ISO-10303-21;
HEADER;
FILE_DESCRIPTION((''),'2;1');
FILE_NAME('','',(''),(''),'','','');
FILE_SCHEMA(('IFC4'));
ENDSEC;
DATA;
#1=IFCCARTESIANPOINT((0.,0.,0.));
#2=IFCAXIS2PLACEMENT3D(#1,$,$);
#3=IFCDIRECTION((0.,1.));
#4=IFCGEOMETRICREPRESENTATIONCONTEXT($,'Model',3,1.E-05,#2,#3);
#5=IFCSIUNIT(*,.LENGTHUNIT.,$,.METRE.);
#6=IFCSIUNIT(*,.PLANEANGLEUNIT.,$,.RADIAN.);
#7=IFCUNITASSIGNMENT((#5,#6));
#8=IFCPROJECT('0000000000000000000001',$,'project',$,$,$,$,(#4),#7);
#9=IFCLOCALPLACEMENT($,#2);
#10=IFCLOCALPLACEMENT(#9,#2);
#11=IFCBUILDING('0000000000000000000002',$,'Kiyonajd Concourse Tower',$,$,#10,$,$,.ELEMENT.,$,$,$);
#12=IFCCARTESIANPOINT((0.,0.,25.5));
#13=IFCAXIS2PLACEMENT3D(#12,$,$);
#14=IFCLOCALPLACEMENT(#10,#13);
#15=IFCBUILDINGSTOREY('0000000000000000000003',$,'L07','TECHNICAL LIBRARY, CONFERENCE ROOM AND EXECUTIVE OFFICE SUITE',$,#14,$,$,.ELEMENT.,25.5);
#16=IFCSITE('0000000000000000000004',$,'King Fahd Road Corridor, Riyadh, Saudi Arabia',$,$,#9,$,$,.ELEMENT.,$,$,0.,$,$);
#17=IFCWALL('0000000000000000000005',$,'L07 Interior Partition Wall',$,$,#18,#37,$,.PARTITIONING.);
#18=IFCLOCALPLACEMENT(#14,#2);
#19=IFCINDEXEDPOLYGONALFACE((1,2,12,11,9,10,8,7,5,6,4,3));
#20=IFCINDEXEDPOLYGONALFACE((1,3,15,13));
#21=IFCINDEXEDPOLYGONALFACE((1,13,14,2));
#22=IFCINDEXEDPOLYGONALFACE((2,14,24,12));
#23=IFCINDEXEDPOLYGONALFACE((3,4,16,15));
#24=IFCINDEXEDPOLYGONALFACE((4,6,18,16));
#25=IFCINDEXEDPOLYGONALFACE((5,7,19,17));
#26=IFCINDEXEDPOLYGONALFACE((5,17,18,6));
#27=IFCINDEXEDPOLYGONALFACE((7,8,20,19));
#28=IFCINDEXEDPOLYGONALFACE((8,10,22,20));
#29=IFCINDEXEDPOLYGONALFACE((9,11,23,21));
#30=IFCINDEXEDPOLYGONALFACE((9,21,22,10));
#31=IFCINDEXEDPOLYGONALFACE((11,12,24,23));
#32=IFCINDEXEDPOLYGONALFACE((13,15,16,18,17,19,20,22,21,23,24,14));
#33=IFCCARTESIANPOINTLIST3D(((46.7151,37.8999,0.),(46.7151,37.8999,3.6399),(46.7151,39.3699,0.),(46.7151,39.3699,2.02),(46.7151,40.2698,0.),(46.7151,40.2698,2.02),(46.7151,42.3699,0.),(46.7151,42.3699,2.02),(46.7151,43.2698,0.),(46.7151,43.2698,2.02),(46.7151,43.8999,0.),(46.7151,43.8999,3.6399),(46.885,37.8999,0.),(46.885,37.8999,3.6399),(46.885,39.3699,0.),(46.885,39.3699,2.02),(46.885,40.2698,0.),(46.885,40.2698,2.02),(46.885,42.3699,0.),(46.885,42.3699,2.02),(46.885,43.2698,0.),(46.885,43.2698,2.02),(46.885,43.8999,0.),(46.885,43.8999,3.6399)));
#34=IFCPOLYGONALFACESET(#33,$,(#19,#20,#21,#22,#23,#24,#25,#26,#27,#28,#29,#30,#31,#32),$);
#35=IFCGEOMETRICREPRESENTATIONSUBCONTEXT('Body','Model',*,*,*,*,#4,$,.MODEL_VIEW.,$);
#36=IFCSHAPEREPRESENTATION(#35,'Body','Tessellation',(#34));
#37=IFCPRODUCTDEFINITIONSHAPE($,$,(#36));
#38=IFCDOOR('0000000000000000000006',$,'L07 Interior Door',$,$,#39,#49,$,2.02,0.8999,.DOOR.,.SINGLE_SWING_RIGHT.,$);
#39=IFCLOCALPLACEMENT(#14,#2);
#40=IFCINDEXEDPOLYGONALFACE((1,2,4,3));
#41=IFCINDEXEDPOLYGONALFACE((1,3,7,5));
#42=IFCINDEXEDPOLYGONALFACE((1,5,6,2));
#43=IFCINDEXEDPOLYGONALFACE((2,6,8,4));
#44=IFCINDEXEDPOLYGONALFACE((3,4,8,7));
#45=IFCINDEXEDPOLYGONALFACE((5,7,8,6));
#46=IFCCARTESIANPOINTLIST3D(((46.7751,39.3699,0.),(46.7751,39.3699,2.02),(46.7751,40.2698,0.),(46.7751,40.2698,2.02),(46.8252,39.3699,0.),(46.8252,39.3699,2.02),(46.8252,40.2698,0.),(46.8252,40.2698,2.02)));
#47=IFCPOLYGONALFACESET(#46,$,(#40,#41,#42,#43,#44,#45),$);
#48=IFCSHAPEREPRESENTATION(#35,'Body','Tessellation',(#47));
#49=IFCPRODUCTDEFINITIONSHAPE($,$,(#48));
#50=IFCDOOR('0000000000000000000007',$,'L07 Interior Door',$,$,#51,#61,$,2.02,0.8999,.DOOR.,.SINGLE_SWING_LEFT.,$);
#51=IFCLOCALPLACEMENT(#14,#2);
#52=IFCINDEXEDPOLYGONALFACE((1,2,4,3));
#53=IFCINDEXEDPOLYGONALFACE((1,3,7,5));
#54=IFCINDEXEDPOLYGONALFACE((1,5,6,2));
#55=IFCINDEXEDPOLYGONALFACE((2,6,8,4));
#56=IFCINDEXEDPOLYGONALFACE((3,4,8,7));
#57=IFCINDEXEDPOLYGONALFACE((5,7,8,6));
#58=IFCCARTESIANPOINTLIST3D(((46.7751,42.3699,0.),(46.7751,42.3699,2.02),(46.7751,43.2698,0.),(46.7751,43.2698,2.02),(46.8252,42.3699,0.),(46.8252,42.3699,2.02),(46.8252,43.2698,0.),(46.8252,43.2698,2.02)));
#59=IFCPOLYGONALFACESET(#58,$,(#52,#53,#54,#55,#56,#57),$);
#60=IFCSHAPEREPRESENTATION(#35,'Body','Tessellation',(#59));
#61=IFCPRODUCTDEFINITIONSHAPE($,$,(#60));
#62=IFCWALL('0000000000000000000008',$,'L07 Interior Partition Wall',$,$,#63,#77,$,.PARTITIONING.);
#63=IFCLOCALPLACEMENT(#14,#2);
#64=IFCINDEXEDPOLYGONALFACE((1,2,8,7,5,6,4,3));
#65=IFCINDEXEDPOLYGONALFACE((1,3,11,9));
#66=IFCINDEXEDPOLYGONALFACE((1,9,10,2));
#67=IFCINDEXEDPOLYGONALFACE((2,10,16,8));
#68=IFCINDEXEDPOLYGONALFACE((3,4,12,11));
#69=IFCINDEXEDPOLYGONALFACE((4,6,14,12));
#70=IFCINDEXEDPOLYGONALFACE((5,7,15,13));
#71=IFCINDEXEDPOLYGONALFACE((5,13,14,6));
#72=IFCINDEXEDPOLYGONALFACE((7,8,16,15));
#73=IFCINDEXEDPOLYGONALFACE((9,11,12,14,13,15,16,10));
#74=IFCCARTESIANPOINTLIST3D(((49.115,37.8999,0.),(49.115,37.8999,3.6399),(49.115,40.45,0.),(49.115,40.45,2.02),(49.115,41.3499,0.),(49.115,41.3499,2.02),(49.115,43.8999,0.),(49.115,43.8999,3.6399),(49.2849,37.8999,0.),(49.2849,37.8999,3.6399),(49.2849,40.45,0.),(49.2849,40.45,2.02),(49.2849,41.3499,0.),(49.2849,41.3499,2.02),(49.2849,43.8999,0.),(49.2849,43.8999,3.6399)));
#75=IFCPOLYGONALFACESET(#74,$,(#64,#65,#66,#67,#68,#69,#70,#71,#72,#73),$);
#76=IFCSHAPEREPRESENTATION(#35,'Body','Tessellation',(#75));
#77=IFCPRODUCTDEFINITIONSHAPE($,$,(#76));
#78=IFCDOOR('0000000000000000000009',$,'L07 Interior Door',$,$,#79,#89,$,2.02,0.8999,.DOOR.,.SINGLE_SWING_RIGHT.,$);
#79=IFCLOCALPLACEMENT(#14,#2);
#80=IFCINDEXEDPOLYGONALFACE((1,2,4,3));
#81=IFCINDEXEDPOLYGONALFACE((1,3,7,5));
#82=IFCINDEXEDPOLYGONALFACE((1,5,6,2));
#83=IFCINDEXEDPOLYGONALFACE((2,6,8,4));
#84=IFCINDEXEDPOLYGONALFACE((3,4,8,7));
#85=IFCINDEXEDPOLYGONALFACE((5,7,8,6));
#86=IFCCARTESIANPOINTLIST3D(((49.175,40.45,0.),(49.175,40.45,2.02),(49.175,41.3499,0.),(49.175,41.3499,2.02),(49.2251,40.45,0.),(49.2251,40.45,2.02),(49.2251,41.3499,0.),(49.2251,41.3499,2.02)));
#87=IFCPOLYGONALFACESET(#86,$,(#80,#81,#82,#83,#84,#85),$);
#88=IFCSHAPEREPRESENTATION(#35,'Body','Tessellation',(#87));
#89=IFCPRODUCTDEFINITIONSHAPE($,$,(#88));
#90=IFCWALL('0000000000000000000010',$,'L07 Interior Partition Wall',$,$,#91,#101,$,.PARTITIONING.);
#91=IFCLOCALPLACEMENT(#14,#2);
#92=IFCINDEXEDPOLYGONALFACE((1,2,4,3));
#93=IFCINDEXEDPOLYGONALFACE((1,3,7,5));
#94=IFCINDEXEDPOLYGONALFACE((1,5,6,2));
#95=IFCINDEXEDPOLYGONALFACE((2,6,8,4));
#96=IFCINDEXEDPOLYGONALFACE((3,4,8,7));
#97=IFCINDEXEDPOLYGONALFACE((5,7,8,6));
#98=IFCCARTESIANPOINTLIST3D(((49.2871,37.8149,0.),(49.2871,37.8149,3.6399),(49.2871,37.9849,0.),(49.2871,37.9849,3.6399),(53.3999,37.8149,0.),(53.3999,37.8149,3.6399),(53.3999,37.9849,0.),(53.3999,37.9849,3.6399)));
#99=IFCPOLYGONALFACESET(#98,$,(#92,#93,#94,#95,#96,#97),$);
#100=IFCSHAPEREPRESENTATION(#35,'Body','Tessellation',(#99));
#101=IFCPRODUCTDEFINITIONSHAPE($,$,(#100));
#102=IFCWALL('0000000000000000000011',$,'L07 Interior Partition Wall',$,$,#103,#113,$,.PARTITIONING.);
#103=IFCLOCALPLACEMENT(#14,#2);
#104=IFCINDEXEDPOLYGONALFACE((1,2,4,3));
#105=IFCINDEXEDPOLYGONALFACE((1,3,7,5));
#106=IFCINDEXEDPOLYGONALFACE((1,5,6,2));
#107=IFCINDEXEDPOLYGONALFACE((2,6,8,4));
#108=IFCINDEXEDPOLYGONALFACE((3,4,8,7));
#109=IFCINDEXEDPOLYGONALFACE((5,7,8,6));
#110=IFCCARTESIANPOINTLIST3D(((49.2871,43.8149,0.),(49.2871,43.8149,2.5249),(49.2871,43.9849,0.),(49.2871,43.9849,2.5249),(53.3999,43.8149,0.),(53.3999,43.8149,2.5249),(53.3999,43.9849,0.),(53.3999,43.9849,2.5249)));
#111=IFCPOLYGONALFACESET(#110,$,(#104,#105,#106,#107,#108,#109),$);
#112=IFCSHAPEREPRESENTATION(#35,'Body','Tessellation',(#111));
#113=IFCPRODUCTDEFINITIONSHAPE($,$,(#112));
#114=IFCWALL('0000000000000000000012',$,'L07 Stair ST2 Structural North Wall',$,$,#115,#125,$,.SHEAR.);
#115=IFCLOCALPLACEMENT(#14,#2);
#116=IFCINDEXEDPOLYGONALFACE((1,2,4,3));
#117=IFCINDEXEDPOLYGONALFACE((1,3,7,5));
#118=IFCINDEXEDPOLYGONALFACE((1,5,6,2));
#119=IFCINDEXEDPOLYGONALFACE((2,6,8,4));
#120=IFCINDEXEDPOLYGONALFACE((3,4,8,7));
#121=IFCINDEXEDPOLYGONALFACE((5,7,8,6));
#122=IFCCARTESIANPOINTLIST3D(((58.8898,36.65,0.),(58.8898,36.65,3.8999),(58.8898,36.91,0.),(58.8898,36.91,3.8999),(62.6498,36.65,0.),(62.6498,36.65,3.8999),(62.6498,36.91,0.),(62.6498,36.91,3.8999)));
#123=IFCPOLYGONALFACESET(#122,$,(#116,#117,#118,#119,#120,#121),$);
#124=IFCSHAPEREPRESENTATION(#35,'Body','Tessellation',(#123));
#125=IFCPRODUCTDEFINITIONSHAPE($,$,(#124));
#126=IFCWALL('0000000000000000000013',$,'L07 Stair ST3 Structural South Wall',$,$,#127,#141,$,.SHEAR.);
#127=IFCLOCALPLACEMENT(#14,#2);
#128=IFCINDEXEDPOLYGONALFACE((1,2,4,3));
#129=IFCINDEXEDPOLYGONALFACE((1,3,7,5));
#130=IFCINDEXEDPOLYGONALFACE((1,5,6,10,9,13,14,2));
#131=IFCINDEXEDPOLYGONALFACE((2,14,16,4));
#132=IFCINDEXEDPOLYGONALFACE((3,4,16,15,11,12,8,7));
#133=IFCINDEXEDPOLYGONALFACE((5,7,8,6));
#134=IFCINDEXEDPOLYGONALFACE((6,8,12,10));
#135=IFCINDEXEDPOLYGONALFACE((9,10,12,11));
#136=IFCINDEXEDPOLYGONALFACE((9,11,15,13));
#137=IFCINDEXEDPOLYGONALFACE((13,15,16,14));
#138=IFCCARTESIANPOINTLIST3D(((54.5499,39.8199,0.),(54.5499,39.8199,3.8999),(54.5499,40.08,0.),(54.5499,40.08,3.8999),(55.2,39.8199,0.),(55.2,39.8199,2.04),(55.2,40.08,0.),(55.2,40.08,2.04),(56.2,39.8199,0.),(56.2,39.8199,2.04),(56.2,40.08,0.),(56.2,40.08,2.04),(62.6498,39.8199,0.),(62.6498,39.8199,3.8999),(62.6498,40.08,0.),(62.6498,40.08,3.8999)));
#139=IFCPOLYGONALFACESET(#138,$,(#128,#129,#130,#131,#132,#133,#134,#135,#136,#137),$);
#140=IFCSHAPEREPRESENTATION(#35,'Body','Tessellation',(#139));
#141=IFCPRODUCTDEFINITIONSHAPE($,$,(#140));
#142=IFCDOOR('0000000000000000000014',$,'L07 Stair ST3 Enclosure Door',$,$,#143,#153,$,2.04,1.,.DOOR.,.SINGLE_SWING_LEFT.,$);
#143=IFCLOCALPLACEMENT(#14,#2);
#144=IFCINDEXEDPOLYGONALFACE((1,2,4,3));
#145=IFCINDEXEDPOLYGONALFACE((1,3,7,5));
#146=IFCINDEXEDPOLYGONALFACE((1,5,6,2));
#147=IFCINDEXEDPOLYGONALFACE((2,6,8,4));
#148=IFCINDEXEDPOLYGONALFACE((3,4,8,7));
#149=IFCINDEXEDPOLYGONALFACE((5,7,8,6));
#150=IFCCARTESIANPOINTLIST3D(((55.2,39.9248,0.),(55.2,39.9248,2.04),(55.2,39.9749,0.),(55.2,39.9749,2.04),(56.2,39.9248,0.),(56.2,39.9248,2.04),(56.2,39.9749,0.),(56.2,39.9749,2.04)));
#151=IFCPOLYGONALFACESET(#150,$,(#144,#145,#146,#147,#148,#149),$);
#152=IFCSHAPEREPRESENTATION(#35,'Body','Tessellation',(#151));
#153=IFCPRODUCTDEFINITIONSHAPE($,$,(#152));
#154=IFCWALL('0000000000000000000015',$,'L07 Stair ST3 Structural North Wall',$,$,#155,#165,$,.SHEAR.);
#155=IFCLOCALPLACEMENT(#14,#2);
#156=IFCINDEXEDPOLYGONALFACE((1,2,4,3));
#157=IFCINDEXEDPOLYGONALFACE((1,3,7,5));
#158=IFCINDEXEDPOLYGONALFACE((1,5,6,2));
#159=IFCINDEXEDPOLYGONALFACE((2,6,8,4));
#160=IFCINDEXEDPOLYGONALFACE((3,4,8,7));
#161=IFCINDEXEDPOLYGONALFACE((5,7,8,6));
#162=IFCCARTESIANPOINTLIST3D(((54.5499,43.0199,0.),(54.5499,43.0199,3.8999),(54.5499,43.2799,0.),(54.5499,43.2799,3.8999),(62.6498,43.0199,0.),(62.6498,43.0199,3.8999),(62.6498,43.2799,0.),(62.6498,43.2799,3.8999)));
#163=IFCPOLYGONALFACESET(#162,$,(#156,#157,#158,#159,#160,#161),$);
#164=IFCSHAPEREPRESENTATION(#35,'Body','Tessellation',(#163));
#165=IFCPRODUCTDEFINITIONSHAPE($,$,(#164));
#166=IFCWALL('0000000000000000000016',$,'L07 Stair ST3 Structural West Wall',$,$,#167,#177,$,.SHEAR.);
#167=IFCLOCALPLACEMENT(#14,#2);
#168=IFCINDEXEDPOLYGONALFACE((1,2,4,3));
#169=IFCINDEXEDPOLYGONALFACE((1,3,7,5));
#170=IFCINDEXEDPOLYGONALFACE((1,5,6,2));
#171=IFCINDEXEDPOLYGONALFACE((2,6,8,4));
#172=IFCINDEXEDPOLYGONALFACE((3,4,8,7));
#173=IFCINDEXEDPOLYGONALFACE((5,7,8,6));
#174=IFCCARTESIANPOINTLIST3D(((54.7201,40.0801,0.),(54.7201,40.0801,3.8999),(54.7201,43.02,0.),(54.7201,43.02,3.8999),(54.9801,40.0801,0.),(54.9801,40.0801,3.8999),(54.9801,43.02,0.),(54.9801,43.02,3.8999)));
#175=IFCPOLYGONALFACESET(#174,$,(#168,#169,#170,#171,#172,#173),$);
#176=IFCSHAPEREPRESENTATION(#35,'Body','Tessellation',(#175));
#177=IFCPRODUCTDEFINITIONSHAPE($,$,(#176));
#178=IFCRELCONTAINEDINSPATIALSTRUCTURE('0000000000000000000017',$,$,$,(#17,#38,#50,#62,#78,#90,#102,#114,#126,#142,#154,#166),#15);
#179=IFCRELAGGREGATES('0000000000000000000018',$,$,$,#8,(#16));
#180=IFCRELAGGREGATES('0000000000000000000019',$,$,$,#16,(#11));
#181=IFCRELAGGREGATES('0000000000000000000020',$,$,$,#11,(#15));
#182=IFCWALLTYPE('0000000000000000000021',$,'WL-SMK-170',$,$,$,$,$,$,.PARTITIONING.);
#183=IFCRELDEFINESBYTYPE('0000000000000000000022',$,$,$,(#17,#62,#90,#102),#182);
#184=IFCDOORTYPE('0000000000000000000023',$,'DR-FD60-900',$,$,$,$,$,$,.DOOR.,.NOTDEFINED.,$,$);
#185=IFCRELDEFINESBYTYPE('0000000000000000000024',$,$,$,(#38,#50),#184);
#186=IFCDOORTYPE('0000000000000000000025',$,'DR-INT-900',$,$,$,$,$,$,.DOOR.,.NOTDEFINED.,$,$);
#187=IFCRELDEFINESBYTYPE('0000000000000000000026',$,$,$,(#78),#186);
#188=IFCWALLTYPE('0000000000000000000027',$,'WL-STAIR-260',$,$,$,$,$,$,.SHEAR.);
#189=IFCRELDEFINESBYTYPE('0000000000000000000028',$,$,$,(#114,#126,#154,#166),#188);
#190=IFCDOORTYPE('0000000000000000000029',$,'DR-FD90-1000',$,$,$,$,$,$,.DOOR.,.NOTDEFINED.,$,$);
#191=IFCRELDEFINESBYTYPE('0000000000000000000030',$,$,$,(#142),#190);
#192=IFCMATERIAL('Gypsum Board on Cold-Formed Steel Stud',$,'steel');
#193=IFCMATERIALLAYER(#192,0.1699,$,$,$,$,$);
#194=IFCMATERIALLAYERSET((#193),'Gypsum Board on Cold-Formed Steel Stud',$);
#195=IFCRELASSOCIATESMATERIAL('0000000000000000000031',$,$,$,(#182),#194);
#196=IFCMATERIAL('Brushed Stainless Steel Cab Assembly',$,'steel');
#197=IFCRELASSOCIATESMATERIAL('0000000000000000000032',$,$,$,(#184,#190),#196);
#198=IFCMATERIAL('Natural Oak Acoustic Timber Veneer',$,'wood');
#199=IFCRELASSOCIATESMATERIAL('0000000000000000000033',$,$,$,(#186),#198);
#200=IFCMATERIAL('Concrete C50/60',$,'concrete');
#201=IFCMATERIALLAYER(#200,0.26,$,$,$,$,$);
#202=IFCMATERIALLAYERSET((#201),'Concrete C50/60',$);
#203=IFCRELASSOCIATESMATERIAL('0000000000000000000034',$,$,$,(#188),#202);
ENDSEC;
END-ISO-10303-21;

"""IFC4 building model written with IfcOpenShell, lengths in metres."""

from ifc_helpers import new_model, si_unit, direction, frame, frame_2d, origin, place, context, subcontext, project, spatial, rectangle, extrude, material, layer, layer_set, type_object, element, fill, save


model = new_model("IFC4")

# Units and contexts
model_context = context("Model", 3, precision=1e-05, world=origin(), true_north=direction((0.0, 1.0)))
body_context = subcontext(model_context, "Body", "Model", "MODEL_VIEW")
ifc_project = project(units=[si_unit("LENGTHUNIT", "METRE"), si_unit("PLANEANGLEUNIT", "RADIAN")], contexts=[model_context])

# Site, building, storey
site_placement = place(None, origin())
site = spatial("IfcSite", under=ifc_project, at=site_placement, Name="King Fahd Road Corridor, Riyadh, Saudi Arabia", CompositionType="ELEMENT", RefElevation=0.0)
building_placement = place(site_placement, origin())
building = spatial("IfcBuilding", under=site, at=building_placement, Name="Kiyonajd Concourse Tower", CompositionType="ELEMENT")
storey_placement = place(building_placement, frame((0.0, 0.0, 25.5)))
storey = spatial("IfcBuildingStorey", under=building, at=storey_placement, Name="L07", Description="TECHNICAL LIBRARY, CONFERENCE ROOM AND EXECUTIVE OFFICE SUITE", CompositionType="ELEMENT", Elevation=25.5)

# Shared definitions
ifc_material_1 = material(Name="Concrete C50/60", Category="concrete")

# Shared definitions
ifc_material_2 = material(Name="Gypsum Board on Cold-Formed Steel Stud", Category="steel")
ifc_layer_1 = layer(ifc_material_2, 0.1699)
ifc_layer_set_1 = layer_set([ifc_layer_1], Name="Gypsum Board on Cold-Formed Steel Stud")
wall_type_1 = type_object("IfcWallType", Name="WL-SMK-170", PredefinedType="PARTITIONING", material=ifc_layer_set_1)

# Wall, openings, doors
wall_1_placement = place(storey_placement, frame((46.8, 37.8999, 0.0), z_axis=(0.0, 0.0, 1.0), x_axis=(0.0, 1.0, 0.0)))
wall_1 = element("IfcWall", 1, at=wall_1_placement, inside=storey, type_object=wall_type_1, Name="L07 Interior Partition Wall", PredefinedType="PARTITIONING", context=body_context, shape_type="SweptSolid", body=[
    extrude(rectangle(XDim=6.0, YDim=0.1699, at=frame_2d((3.0, 0.0))), origin(), (0.0, 0.0, 1.0), 3.6399),
])
opening_1_placement = place(wall_1_placement, frame((1.47, 0.0, 0.0)))
opening_1 = element("IfcOpeningElement", 2, at=opening_1_placement, cuts=wall_1, PredefinedType="OPENING", context=body_context, shape_type="SweptSolid", body=[
    extrude(rectangle(XDim=0.8999, YDim=2.02, at=frame_2d((0.45, 1.01))), frame((0.0, 0.095, 0.0), z_axis=(0.0, -1.0, 0.0), x_axis=(1.0, 0.0, 0.0)), (0.0, 0.0, 1.0), 0.1899),
])
opening_2_placement = place(wall_1_placement, frame((4.47, 0.0, 0.0)))
opening_2 = element("IfcOpeningElement", 3, at=opening_2_placement, cuts=wall_1, PredefinedType="OPENING", context=body_context, shape_type="SweptSolid", body=[
    extrude(rectangle(XDim=0.8999, YDim=2.02, at=frame_2d((0.45, 1.01))), frame((0.0, 0.095, 0.0), z_axis=(0.0, -1.0, 0.0), x_axis=(1.0, 0.0, 0.0)), (0.0, 0.0, 1.0), 0.1899),
])
ifc_material_3 = material(Name="Brushed Stainless Steel Cab Assembly", Category="steel")
door_type_1 = type_object("IfcDoorType", Name="DR-FD60-900", OperationType="NOTDEFINED", PredefinedType="DOOR", material=ifc_material_3)
door_1_placement = place(opening_1_placement, origin())
door_1 = element("IfcDoor", 4, at=door_1_placement, inside=storey, type_object=door_type_1, Name="L07 Interior Door", OperationType="SINGLE_SWING_RIGHT", OverallHeight=2.02, OverallWidth=0.8999, PredefinedType="DOOR", context=body_context, shape_type="SweptSolid", body=[
    extrude(rectangle(XDim=0.8999, YDim=2.02, at=frame_2d((0.45, 1.01))), frame((0.0, 0.0249, 0.0), z_axis=(0.0, -1.0, 0.0), x_axis=(1.0, 0.0, 0.0)), (0.0, 0.0, 1.0), 0.05),
])
fill(opening_1, door_1)
door_2_placement = place(opening_2_placement, origin())
door_2 = element("IfcDoor", 5, at=door_2_placement, inside=storey, type_object=door_type_1, Name="L07 Interior Door", OperationType="SINGLE_SWING_LEFT", OverallHeight=2.02, OverallWidth=0.8999, PredefinedType="DOOR", context=body_context, shape_type="SweptSolid", body=[
    extrude(rectangle(XDim=0.8999, YDim=2.02, at=frame_2d((0.45, 1.01))), frame((0.0, 0.0249, 0.0), z_axis=(0.0, -1.0, 0.0), x_axis=(1.0, 0.0, 0.0)), (0.0, 0.0, 1.0), 0.05),
])
fill(opening_2, door_2)

# Wall, opening, door
wall_2_placement = place(storey_placement, frame((49.2, 37.8999, 0.0), z_axis=(0.0, 0.0, 1.0), x_axis=(0.0, 1.0, 0.0)))
wall_2 = element("IfcWall", 6, at=wall_2_placement, inside=storey, type_object=wall_type_1, Name="L07 Interior Partition Wall", PredefinedType="PARTITIONING", context=body_context, shape_type="SweptSolid", body=[
    extrude(rectangle(XDim=6.0, YDim=0.1699, at=frame_2d((3.0, 0.0))), origin(), (0.0, 0.0, 1.0), 3.6399),
])
opening_3_placement = place(wall_2_placement, frame((2.55, 0.0, 0.0)))
opening_3 = element("IfcOpeningElement", 7, at=opening_3_placement, cuts=wall_2, PredefinedType="OPENING", context=body_context, shape_type="SweptSolid", body=[
    extrude(rectangle(XDim=0.8999, YDim=2.02, at=frame_2d((0.45, 1.01))), frame((0.0, 0.095, 0.0), z_axis=(0.0, -1.0, 0.0), x_axis=(1.0, 0.0, 0.0)), (0.0, 0.0, 1.0), 0.1899),
])
ifc_material_4 = material(Name="Natural Oak Acoustic Timber Veneer", Category="wood")
door_type_2 = type_object("IfcDoorType", Name="DR-INT-900", OperationType="NOTDEFINED", PredefinedType="DOOR", material=ifc_material_4)
door_3_placement = place(opening_3_placement, origin())
door_3 = element("IfcDoor", 8, at=door_3_placement, inside=storey, type_object=door_type_2, Name="L07 Interior Door", OperationType="SINGLE_SWING_RIGHT", OverallHeight=2.02, OverallWidth=0.8999, PredefinedType="DOOR", context=body_context, shape_type="SweptSolid", body=[
    extrude(rectangle(XDim=0.8999, YDim=2.02, at=frame_2d((0.45, 1.01))), frame((0.0, 0.0249, 0.0), z_axis=(0.0, -1.0, 0.0), x_axis=(1.0, 0.0, 0.0)), (0.0, 0.0, 1.0), 0.05),
])
fill(opening_3, door_3)

# Walls
wall_3_placement = place(storey_placement, frame((49.2871, 37.8999, 0.0), z_axis=(0.0, 0.0, 1.0), x_axis=(1.0, 0.0, 0.0)))
element("IfcWall", 9, at=wall_3_placement, inside=storey, type_object=wall_type_1, Name="L07 Interior Partition Wall", PredefinedType="PARTITIONING", context=body_context, shape_type="SweptSolid", body=[
    extrude(rectangle(XDim=4.1128, YDim=0.1699, at=frame_2d((2.0564, 0.0))), origin(), (0.0, 0.0, 1.0), 3.6399),
])
wall_4_placement = place(storey_placement, frame((49.2871, 43.8999, 0.0), z_axis=(0.0, 0.0, 1.0), x_axis=(1.0, 0.0, 0.0)))
element("IfcWall", 10, at=wall_4_placement, inside=storey, type_object=wall_type_1, Name="L07 Interior Partition Wall", PredefinedType="PARTITIONING", context=body_context, shape_type="SweptSolid", body=[
    extrude(rectangle(XDim=4.1128, YDim=0.1699, at=frame_2d((2.0564, 0.0))), origin(), (0.0, 0.0, 1.0), 2.5249),
])
ifc_layer_2 = layer(ifc_material_1, 0.26)
ifc_layer_set_2 = layer_set([ifc_layer_2], Name="Concrete C50/60")
wall_type_2 = type_object("IfcWallType", Name="WL-STAIR-260", PredefinedType="SHEAR", material=ifc_layer_set_2)
wall_5_placement = place(storey_placement, frame((58.8899, 36.78, 0.0), z_axis=(0.0, 0.0, 1.0), x_axis=(1.0, 0.0, 0.0)))
element("IfcWall", 11, at=wall_5_placement, inside=storey, type_object=wall_type_2, Name="L07 Stair ST2 Structural North Wall", PredefinedType="SHEAR", context=body_context, shape_type="SweptSolid", body=[
    extrude(rectangle(XDim=3.76, YDim=0.26, at=frame_2d((1.8799, 0.0))), origin(), (0.0, 0.0, 1.0), 3.8999),
])

# Wall, opening, door
wall_6_placement = place(storey_placement, frame((54.55, 39.95, 0.0), z_axis=(0.0, 0.0, 1.0), x_axis=(1.0, 0.0, 0.0)))
wall_6 = element("IfcWall", 12, at=wall_6_placement, inside=storey, type_object=wall_type_2, Name="L07 Stair ST3 Structural South Wall", PredefinedType="SHEAR", context=body_context, shape_type="SweptSolid", body=[
    extrude(rectangle(XDim=8.0999, YDim=0.26, at=frame_2d((4.0498, 0.0))), origin(), (0.0, 0.0, 1.0), 3.8999),
])
opening_4_placement = place(wall_6_placement, frame((0.6499, 0.0, 0.0)))
opening_4 = element("IfcOpeningElement", 13, at=opening_4_placement, cuts=wall_6, PredefinedType="OPENING", context=body_context, shape_type="SweptSolid", body=[
    extrude(rectangle(XDim=1.0, YDim=2.04, at=frame_2d((0.5, 1.02))), frame((0.0, 0.1399, 0.0), z_axis=(0.0, -1.0, 0.0), x_axis=(1.0, 0.0, 0.0)), (0.0, 0.0, 1.0), 0.28),
])
door_type_3 = type_object("IfcDoorType", Name="DR-FD90-1000", OperationType="NOTDEFINED", PredefinedType="DOOR", material=ifc_material_3)
door_4_placement = place(opening_4_placement, origin())
door_4 = element("IfcDoor", 14, at=door_4_placement, inside=storey, type_object=door_type_3, Name="L07 Stair ST3 Enclosure Door", OperationType="SINGLE_SWING_LEFT", OverallHeight=2.04, OverallWidth=1.0, PredefinedType="DOOR", context=body_context, shape_type="SweptSolid", body=[
    extrude(rectangle(XDim=1.0, YDim=2.04, at=frame_2d((0.5, 1.02))), frame((0.0, 0.0249, 0.0), z_axis=(0.0, -1.0, 0.0), x_axis=(1.0, 0.0, 0.0)), (0.0, 0.0, 1.0), 0.05),
])
fill(opening_4, door_4)

# Walls
wall_7_placement = place(storey_placement, frame((54.55, 43.1499, 0.0), z_axis=(0.0, 0.0, 1.0), x_axis=(1.0, 0.0, 0.0)))
element("IfcWall", 15, at=wall_7_placement, inside=storey, type_object=wall_type_2, Name="L07 Stair ST3 Structural North Wall", PredefinedType="SHEAR", context=body_context, shape_type="SweptSolid", body=[
    extrude(rectangle(XDim=8.0999, YDim=0.26, at=frame_2d((4.0498, 0.0))), origin(), (0.0, 0.0, 1.0), 3.8999),
])
wall_8_placement = place(storey_placement, frame((54.8501, 40.0801, 0.0), z_axis=(0.0, 0.0, 1.0), x_axis=(0.0, 1.0, 0.0)))
element("IfcWall", 16, at=wall_8_placement, inside=storey, type_object=wall_type_2, Name="L07 Stair ST3 Structural West Wall", PredefinedType="SHEAR", context=body_context, shape_type="SweptSolid", body=[
    extrude(rectangle(XDim=2.9399, YDim=0.26, at=frame_2d((1.47, 0.0))), origin(), (0.0, 0.0, 1.0), 3.8999),
])

save(model, "model.ifc")
